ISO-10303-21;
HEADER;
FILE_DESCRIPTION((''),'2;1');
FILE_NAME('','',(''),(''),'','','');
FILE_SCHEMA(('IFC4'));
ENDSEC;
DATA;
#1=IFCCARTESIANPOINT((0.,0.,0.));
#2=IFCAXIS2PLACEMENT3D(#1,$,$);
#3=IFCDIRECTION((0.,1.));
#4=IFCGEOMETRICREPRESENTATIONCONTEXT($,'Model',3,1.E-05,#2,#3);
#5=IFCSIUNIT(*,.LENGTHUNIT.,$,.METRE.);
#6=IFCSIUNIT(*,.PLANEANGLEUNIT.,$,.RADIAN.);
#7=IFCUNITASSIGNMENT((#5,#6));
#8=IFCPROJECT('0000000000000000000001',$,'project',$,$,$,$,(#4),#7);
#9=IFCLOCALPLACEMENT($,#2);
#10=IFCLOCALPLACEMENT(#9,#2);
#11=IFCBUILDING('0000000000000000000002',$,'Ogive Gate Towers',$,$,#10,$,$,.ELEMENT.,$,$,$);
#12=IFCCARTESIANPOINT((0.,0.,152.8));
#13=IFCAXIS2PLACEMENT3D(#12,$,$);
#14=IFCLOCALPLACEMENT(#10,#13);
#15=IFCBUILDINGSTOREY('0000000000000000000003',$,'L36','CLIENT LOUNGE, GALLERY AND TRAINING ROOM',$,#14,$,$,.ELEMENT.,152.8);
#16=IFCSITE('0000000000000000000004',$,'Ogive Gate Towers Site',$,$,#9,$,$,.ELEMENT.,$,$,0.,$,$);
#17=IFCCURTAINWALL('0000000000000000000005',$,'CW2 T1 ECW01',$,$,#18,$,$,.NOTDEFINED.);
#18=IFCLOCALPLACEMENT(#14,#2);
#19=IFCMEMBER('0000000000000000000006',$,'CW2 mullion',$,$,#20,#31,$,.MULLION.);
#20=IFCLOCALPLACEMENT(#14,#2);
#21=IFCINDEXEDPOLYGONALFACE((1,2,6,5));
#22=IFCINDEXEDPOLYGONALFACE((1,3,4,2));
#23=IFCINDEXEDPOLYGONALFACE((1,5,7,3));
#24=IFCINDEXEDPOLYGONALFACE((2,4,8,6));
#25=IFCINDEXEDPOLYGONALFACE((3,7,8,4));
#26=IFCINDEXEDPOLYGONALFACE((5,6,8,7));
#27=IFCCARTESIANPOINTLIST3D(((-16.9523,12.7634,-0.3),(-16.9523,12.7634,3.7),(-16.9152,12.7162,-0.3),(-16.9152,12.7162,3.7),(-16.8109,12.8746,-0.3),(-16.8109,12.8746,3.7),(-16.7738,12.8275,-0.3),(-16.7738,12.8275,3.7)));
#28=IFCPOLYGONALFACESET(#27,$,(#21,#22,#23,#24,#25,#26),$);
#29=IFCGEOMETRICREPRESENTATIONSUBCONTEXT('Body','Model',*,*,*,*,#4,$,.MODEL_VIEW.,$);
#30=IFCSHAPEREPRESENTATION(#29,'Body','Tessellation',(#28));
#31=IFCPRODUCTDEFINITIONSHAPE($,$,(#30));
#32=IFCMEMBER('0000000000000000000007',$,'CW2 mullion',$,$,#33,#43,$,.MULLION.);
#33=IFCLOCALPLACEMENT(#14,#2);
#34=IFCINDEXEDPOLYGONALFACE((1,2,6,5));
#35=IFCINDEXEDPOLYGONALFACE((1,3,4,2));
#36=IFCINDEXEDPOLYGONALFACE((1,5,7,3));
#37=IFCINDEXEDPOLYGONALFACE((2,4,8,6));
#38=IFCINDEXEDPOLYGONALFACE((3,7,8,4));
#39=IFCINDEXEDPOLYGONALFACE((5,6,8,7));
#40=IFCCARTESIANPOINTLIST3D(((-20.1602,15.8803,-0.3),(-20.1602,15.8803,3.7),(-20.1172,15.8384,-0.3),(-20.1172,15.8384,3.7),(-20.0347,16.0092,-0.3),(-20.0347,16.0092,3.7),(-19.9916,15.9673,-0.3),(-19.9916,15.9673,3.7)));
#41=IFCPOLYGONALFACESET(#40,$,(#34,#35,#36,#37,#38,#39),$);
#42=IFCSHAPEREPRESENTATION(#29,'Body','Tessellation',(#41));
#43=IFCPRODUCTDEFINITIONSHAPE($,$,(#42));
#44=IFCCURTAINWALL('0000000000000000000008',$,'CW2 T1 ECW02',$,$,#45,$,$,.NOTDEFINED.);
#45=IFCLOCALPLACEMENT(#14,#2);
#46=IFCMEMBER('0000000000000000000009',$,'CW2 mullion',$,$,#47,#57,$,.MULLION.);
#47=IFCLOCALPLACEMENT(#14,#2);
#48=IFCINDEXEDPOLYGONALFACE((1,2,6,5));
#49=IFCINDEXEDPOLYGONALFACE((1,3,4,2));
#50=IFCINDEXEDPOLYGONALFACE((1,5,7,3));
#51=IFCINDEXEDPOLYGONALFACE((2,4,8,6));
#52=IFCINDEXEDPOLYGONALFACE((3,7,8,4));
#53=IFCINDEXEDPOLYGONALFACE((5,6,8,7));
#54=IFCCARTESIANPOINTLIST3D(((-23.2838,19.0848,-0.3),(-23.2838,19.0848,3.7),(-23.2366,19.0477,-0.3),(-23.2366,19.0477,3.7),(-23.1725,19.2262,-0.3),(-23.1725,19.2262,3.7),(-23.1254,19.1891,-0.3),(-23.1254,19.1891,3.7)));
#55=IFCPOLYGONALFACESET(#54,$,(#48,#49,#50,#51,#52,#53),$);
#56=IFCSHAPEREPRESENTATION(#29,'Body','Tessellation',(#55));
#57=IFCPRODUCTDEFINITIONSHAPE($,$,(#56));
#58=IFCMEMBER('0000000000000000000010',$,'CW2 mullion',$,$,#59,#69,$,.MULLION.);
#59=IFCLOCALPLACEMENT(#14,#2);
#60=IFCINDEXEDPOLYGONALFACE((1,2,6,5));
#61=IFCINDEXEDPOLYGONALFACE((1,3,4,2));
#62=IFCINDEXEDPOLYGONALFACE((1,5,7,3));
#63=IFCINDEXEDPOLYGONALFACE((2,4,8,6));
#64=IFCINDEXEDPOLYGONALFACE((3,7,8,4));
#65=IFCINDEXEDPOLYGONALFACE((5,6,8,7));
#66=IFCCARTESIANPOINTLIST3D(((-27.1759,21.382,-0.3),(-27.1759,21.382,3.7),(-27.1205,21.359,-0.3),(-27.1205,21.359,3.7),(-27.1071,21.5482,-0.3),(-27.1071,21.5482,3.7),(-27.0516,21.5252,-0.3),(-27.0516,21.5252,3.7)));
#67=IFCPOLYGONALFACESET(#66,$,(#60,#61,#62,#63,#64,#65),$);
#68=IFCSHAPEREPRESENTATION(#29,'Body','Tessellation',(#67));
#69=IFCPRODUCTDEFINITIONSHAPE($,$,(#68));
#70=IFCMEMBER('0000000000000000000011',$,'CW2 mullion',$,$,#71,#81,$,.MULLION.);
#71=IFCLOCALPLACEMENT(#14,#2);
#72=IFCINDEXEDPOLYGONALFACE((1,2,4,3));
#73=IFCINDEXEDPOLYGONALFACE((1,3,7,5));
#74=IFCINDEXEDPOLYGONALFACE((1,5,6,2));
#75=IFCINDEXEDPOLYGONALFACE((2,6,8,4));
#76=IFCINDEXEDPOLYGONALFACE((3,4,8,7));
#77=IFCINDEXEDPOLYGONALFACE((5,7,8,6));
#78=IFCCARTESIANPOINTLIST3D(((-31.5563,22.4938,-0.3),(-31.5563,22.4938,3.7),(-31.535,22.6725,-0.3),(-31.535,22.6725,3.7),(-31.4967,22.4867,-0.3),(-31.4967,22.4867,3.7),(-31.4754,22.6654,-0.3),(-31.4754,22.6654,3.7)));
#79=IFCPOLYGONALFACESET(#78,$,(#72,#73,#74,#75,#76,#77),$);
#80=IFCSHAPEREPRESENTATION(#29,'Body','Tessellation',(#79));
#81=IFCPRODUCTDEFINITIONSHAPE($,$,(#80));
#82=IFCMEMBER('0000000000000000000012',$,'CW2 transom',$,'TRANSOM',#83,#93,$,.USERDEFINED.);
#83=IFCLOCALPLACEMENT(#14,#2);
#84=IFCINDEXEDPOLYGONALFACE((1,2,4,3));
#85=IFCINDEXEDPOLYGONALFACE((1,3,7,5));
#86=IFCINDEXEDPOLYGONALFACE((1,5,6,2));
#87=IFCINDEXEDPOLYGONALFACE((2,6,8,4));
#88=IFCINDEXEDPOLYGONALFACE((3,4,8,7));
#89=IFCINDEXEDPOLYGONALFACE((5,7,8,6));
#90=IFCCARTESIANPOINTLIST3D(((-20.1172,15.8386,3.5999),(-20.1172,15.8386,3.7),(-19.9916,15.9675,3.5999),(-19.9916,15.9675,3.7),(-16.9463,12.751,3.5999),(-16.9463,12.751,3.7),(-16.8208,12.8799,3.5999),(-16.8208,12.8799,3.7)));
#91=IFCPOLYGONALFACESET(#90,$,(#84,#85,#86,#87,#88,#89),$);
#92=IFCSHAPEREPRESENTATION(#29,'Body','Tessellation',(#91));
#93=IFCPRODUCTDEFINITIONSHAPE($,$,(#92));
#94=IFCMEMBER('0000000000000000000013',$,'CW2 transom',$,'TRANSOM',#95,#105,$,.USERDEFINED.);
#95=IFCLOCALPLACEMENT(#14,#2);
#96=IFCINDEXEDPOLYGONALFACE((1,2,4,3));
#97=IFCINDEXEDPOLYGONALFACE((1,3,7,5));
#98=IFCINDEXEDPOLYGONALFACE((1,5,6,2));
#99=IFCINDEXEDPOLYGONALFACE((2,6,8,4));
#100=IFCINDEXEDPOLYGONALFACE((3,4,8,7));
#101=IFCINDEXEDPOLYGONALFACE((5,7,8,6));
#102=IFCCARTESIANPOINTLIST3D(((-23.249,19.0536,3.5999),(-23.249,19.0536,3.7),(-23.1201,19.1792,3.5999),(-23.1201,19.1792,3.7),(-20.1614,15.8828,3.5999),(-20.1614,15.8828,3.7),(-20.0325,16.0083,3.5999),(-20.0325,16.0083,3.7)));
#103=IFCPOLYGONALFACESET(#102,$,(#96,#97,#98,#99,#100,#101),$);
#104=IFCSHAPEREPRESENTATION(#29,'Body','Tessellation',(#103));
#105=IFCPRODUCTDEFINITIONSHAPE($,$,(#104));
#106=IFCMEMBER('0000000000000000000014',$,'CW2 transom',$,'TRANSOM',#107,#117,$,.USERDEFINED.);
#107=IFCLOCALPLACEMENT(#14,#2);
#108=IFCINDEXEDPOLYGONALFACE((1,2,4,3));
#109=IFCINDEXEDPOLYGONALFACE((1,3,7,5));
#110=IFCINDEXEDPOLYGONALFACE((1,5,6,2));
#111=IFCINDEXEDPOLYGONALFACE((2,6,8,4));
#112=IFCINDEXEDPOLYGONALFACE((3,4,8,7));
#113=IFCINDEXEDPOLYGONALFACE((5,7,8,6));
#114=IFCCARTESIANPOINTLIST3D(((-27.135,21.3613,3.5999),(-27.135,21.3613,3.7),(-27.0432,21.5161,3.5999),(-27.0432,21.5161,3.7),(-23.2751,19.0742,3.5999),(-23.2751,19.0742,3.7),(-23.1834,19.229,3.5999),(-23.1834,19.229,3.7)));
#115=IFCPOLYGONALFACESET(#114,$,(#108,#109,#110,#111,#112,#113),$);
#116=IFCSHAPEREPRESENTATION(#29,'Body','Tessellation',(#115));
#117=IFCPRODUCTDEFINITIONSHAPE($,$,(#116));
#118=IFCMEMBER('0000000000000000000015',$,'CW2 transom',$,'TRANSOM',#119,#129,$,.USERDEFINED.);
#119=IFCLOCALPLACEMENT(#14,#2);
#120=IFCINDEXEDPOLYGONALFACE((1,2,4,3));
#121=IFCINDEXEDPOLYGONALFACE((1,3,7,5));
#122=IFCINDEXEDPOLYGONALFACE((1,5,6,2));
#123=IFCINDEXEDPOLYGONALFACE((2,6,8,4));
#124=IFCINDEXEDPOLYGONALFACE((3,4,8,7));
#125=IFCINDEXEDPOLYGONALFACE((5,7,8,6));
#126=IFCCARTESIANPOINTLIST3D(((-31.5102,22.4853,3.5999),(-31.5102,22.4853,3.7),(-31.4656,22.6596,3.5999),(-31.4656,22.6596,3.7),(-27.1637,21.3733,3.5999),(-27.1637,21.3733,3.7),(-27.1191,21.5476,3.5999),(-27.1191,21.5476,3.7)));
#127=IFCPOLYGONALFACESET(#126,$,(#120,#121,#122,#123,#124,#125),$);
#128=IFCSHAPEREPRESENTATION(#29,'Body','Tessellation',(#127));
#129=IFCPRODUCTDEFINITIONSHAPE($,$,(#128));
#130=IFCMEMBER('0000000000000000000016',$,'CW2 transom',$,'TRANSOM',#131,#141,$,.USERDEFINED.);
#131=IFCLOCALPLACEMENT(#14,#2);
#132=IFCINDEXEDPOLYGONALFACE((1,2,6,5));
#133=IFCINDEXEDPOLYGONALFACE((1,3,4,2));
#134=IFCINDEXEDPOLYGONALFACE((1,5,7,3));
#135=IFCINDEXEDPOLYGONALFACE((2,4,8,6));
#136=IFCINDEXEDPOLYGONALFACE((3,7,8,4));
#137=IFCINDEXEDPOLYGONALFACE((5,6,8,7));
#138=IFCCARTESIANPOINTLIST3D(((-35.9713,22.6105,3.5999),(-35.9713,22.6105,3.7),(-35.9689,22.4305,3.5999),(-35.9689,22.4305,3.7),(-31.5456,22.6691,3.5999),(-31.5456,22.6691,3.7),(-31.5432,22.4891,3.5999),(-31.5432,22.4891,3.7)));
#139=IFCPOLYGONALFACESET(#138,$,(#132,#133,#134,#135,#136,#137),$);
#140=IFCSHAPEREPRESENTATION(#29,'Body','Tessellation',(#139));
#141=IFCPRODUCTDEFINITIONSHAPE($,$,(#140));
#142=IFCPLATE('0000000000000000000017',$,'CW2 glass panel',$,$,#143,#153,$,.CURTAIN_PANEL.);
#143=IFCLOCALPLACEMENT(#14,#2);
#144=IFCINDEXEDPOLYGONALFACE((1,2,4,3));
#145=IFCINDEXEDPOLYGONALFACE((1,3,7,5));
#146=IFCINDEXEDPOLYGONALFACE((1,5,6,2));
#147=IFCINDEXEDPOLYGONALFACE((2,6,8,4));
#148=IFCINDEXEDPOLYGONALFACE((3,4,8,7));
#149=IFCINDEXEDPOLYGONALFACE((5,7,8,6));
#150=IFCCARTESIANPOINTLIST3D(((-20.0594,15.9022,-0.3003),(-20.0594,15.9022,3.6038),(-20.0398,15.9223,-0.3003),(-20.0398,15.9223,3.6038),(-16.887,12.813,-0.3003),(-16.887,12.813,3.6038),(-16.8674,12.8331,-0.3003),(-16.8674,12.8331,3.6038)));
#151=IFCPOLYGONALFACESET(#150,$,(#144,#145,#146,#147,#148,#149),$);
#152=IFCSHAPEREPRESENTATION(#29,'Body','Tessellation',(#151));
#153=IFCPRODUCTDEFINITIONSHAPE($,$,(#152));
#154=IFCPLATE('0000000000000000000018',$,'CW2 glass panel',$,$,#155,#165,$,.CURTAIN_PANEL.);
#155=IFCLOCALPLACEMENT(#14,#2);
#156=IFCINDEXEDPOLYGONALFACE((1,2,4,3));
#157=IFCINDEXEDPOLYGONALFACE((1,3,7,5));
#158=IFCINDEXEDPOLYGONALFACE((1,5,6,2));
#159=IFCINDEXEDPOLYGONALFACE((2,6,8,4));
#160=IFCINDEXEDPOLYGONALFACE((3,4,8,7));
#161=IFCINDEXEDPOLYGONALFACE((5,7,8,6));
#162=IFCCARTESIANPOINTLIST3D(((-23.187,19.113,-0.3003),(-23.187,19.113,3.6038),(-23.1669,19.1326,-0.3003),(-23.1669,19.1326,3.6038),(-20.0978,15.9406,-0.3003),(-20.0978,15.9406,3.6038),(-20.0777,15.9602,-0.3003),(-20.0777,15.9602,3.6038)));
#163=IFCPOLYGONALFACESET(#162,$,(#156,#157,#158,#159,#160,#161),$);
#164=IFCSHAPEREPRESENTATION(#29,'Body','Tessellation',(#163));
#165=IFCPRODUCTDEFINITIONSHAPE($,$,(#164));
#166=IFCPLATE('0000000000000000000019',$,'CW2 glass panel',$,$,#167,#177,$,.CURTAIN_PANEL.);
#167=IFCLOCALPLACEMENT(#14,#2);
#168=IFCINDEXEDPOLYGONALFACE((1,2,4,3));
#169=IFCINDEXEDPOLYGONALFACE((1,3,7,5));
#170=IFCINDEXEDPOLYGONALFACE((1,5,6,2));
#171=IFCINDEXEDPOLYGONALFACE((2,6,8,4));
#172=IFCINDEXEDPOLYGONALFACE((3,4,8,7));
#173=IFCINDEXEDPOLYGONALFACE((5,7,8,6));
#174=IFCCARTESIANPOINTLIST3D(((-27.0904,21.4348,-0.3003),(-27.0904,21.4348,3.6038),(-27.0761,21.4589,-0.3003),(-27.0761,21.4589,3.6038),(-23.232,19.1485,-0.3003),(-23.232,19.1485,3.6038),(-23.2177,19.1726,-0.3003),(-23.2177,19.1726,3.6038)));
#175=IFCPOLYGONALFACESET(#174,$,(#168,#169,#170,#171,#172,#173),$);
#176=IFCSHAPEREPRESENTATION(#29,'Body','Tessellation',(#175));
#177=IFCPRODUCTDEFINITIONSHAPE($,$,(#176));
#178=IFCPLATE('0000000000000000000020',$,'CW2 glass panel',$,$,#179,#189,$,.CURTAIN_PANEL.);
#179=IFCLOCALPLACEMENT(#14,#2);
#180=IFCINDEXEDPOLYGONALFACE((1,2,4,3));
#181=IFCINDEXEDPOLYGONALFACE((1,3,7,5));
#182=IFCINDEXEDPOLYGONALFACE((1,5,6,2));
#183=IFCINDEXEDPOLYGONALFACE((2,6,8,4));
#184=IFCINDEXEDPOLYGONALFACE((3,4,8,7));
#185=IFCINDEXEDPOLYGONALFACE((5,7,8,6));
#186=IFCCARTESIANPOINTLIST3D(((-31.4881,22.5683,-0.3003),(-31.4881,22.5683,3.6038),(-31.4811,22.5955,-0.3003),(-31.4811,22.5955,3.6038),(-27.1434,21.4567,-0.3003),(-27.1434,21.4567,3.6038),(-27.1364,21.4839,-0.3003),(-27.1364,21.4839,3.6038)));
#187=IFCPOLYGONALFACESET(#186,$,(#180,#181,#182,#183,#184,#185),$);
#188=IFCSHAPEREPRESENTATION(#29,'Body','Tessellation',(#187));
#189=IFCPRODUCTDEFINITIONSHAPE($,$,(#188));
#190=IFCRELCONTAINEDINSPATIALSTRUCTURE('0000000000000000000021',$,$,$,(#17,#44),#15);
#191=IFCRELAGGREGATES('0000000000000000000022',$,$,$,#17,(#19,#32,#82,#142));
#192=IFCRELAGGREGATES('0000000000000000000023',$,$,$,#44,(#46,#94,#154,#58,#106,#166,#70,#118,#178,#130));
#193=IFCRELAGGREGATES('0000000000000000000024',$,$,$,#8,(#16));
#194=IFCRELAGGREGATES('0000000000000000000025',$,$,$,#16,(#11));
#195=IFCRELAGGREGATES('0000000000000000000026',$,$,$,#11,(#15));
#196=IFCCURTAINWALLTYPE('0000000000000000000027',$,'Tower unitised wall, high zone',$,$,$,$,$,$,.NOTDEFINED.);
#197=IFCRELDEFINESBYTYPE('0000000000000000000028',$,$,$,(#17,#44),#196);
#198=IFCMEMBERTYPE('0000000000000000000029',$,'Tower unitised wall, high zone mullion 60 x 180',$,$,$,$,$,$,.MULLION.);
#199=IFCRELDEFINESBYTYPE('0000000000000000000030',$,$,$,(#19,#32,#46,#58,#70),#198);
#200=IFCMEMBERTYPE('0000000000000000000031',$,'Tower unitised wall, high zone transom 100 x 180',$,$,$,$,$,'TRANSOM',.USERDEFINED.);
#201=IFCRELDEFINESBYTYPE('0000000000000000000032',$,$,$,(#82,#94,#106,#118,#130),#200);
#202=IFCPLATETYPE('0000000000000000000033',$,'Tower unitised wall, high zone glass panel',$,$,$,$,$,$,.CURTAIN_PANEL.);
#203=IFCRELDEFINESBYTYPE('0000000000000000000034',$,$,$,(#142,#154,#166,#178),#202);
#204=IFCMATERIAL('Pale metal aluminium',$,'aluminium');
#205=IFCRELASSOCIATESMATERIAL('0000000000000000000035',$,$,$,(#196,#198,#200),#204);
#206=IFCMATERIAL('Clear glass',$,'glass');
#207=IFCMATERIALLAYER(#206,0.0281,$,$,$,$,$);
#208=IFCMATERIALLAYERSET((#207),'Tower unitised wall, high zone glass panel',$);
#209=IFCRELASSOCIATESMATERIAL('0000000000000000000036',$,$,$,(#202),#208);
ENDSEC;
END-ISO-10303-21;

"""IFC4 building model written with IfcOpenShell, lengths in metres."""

from ifc_helpers import new_model, si_unit, direction, frame, origin, origin_2d, place, context, subcontext, project, spatial, rectangle, extrude, material, layer, layer_set, material_profile, profile_set, type_object, element, aggregate, save


model = new_model("IFC4")

# Units and contexts
model_context = context("Model", 3, precision=1e-05, world=origin(), true_north=direction((0.0, 1.0)))
body_context = subcontext(model_context, "Body", "Model", "MODEL_VIEW")
ifc_project = project(units=[si_unit("LENGTHUNIT", "METRE"), si_unit("PLANEANGLEUNIT", "RADIAN")], contexts=[model_context])

# Site, building, storey
site_placement = place(None, origin())
site = spatial("IfcSite", under=ifc_project, at=site_placement, Name="Ogive Gate Towers Site", CompositionType="ELEMENT", RefElevation=0.0)
building_placement = place(site_placement, origin())
building = spatial("IfcBuilding", under=site, at=building_placement, Name="Ogive Gate Towers", CompositionType="ELEMENT")
storey_placement = place(building_placement, frame((0.0, 0.0, 152.8)))
storey = spatial("IfcBuildingStorey", under=building, at=storey_placement, Name="L36", Description="CLIENT LOUNGE, GALLERY AND TRAINING ROOM", CompositionType="ELEMENT", Elevation=152.8)

# Curtain walls, members
ifc_material_1 = material(Name="Pale metal aluminium", Category="aluminium")
curtain_wall_type = type_object("IfcCurtainWallType", Name="Tower unitised wall, high zone", PredefinedType="NOTDEFINED", material=ifc_material_1)
curtain_wall_1_placement = place(storey_placement, origin())
curtain_wall_1 = element("IfcCurtainWall", 1, at=curtain_wall_1_placement, inside=storey, type_object=curtain_wall_type, Name="CW2 T1 ECW01", PredefinedType="NOTDEFINED")
ifc_material_profile_1 = material_profile(ifc_material_1, rectangle(XDim=0.1799, YDim=0.0601, at=origin_2d()), Name="60 x 180 aluminium box")
ifc_profile_set_1 = profile_set([ifc_material_profile_1], Name="Pale metal aluminium")
member_type_1 = type_object("IfcMemberType", Name="Tower unitised wall, high zone mullion 60 x 180", PredefinedType="MULLION", material=ifc_profile_set_1)
member_1_placement = place(storey_placement, frame((-16.863, 12.7954, -0.3), z_axis=(0.0, 0.0, 1.0), x_axis=(0.785803, 0.618477, 0.0)))
member_1 = element("IfcMember", 2, at=member_1_placement, type_object=member_type_1, Name="CW2 mullion", PredefinedType="MULLION", context=body_context, shape_type="SweptSolid", body=[
    extrude(rectangle(XDim=0.1799, YDim=0.0601, at=origin_2d()), origin(), (0.0, 0.0, 1.0), 4.0),
])
member_2_placement = place(storey_placement, frame((-20.0759, 15.9238, -0.3), z_axis=(0.0, 0.0, 1.0), x_axis=(0.697653, 0.716436, 0.0)))
member_2 = element("IfcMember", 3, at=member_2_placement, type_object=member_type_1, Name="CW2 mullion", PredefinedType="MULLION", context=body_context, shape_type="SweptSolid", body=[
    extrude(rectangle(XDim=0.1799, YDim=0.0601, at=origin_2d()), origin(), (0.0, 0.0, 1.0), 4.0),
])
curtain_wall_2_placement = place(storey_placement, origin())
curtain_wall_2 = element("IfcCurtainWall", 4, at=curtain_wall_2_placement, inside=storey, type_object=curtain_wall_type, Name="CW2 T1 ECW02", PredefinedType="NOTDEFINED")
member_3_placement = place(storey_placement, frame((-23.2046, 19.137, -0.3), z_axis=(0.0, 0.0, 1.0), x_axis=(0.618477, 0.785803, 0.0)))
member_3 = element("IfcMember", 5, at=member_3_placement, type_object=member_type_1, Name="CW2 mullion", PredefinedType="MULLION", context=body_context, shape_type="SweptSolid", body=[
    extrude(rectangle(XDim=0.1799, YDim=0.0601, at=origin_2d()), origin(), (0.0, 0.0, 1.0), 4.0),
])
member_4_placement = place(storey_placement, frame((-27.1138, 21.4536, -0.3), z_axis=(0.0, 0.0, 1.0), x_axis=(0.382683, 0.92388, 0.0)))
member_4 = element("IfcMember", 6, at=member_4_placement, type_object=member_type_1, Name="CW2 mullion", PredefinedType="MULLION", context=body_context, shape_type="SweptSolid", body=[
    extrude(rectangle(XDim=0.1799, YDim=0.0601, at=origin_2d()), origin(), (0.0, 0.0, 1.0), 4.0),
])
member_5_placement = place(storey_placement, frame((-31.5159, 22.5796, -0.3), z_axis=(0.0, 0.0, 1.0), x_axis=(0.118317, 0.992976, 0.0)))
member_5 = element("IfcMember", 7, at=member_5_placement, type_object=member_type_1, Name="CW2 mullion", PredefinedType="MULLION", context=body_context, shape_type="SweptSolid", body=[
    extrude(rectangle(XDim=0.1799, YDim=0.0601, at=origin_2d()), origin(), (0.0, 0.0, 1.0), 4.0),
])

# Members
ifc_material_profile_2 = material_profile(ifc_material_1, rectangle(XDim=0.1799, YDim=0.1001, at=origin_2d()), Name="100 x 180 aluminium box")
ifc_profile_set_2 = profile_set([ifc_material_profile_2], Name="Pale metal aluminium")
member_type_2 = type_object("IfcMemberType", Name="Tower unitised wall, high zone transom 100 x 180", ElementType="TRANSOM", PredefinedType="USERDEFINED", material=ifc_profile_set_2)
member_6_placement = place(storey_placement, frame((-16.8835, 12.8154, 3.6499), z_axis=(-0.716449, 0.697639, 0.0), x_axis=(-0.697639, -0.716449, 0.0)))
member_6 = element("IfcMember", 8, at=member_6_placement, type_object=member_type_2, Name="CW2 transom", ObjectType="TRANSOM", PredefinedType="USERDEFINED", context=body_context, shape_type="SweptSolid", body=[
    extrude(rectangle(XDim=0.1799, YDim=0.1001, at=origin_2d()), origin(), (0.0, 0.0, 1.0), 4.4258),
])
member_7_placement = place(storey_placement, frame((-20.0969, 15.9456, 3.6499), z_axis=(-0.697639, 0.716449, 0.0), x_axis=(-0.716449, -0.697639, 0.0)))
member_7 = element("IfcMember", 9, at=member_7_placement, type_object=member_type_2, Name="CW2 transom", ObjectType="TRANSOM", PredefinedType="USERDEFINED", context=body_context, shape_type="SweptSolid", body=[
    extrude(rectangle(XDim=0.1799, YDim=0.1001, at=origin_2d()), origin(), (0.0, 0.0, 1.0), 4.4258),
])
member_8_placement = place(storey_placement, frame((-23.2292, 19.1516, 3.6499), z_axis=(-0.860313, 0.509767, 0.0), x_axis=(-0.509767, -0.860313, 0.0)))
member_8 = element("IfcMember", 10, at=member_8_placement, type_object=member_type_2, Name="CW2 transom", ObjectType="TRANSOM", PredefinedType="USERDEFINED", context=body_context, shape_type="SweptSolid", body=[
    extrude(rectangle(XDim=0.1799, YDim=0.1001, at=origin_2d()), origin(), (0.0, 0.0, 1.0), 4.4866),
])
member_9_placement = place(storey_placement, frame((-27.1414, 21.4604, 3.6499), z_axis=(-0.968796, 0.247858, 0.0), x_axis=(-0.247858, -0.968796, 0.0)))
member_9 = element("IfcMember", 11, at=member_9_placement, type_object=member_type_2, Name="CW2 transom", ObjectType="TRANSOM", PredefinedType="USERDEFINED", context=body_context, shape_type="SweptSolid", body=[
    extrude(rectangle(XDim=0.1799, YDim=0.1001, at=origin_2d()), origin(), (0.0, 0.0, 1.0), 4.4866),
])
member_10_placement = place(storey_placement, frame((-31.5444, 22.5791, 3.6499), z_axis=(-0.999912, -0.013239, 0.0), x_axis=(0.013239, -0.999912, 0.0)))
member_10 = element("IfcMember", 12, at=member_10_placement, type_object=member_type_2, Name="CW2 transom", ObjectType="TRANSOM", PredefinedType="USERDEFINED", context=body_context, shape_type="SweptSolid", body=[
    extrude(rectangle(XDim=0.1799, YDim=0.1001, at=origin_2d()), origin(), (0.0, 0.0, 1.0), 4.426),
])

# Plates
ifc_material_2 = material(Name="Clear glass", Category="glass")
ifc_layer_1 = layer(ifc_material_2, 0.0281)
ifc_layer_set_1 = layer_set([ifc_layer_1], Name="Tower unitised wall, high zone glass panel")
plate_type = type_object("IfcPlateType", Name="Tower unitised wall, high zone glass panel", PredefinedType="CURTAIN_PANEL", material=ifc_layer_set_1)
plate_1_placement = place(storey_placement, frame((-18.4634, 14.3677, -0.3003), z_axis=(0.0, 0.0, 1.0), x_axis=(-0.716436, 0.697653, 0.0)))
plate_1 = element("IfcPlate", 13, at=plate_1_placement, type_object=plate_type, Name="CW2 glass panel", PredefinedType="CURTAIN_PANEL", context=body_context, shape_type="SweptSolid", body=[
    extrude(rectangle(XDim=4.428, YDim=0.0281, at=origin_2d()), origin(), (0.0, 0.0, 1.0), 3.9041),
])
aggregate(curtain_wall_1, [member_1, member_2, member_6, plate_1])
plate_2_placement = place(storey_placement, frame((-21.6323, 17.5366, -0.3003), z_axis=(0.0, 0.0, 1.0), x_axis=(-0.697653, 0.716436, 0.0)))
plate_2 = element("IfcPlate", 14, at=plate_2_placement, type_object=plate_type, Name="CW2 glass panel", PredefinedType="CURTAIN_PANEL", context=body_context, shape_type="SweptSolid", body=[
    extrude(rectangle(XDim=4.428, YDim=0.0281, at=origin_2d()), origin(), (0.0, 0.0, 1.0), 3.9041),
])
plate_3_placement = place(storey_placement, frame((-25.1541, 20.3037, -0.3003), z_axis=(0.0, 0.0, 1.0), x_axis=(-0.860306, 0.509777, 0.0)))
plate_3 = element("IfcPlate", 15, at=plate_3_placement, type_object=plate_type, Name="CW2 glass panel", PredefinedType="CURTAIN_PANEL", context=body_context, shape_type="SweptSolid", body=[
    extrude(rectangle(XDim=4.4849, YDim=0.0281, at=origin_2d()), origin(), (0.0, 0.0, 1.0), 3.9041),
])
plate_4_placement = place(storey_placement, frame((-29.3123, 22.0261, -0.3003), z_axis=(0.0, 0.0, 1.0), x_axis=(-0.968795, 0.247861, 0.0)))
plate_4 = element("IfcPlate", 16, at=plate_4_placement, type_object=plate_type, Name="CW2 glass panel", PredefinedType="CURTAIN_PANEL", context=body_context, shape_type="SweptSolid", body=[
    extrude(rectangle(XDim=4.4846, YDim=0.0281, at=origin_2d()), origin(), (0.0, 0.0, 1.0), 3.9041),
])
aggregate(curtain_wall_2, [member_3, member_7, plate_2, member_4, member_8, plate_3, member_5, member_9, plate_4, member_10])

save(model, "model.ifc")
